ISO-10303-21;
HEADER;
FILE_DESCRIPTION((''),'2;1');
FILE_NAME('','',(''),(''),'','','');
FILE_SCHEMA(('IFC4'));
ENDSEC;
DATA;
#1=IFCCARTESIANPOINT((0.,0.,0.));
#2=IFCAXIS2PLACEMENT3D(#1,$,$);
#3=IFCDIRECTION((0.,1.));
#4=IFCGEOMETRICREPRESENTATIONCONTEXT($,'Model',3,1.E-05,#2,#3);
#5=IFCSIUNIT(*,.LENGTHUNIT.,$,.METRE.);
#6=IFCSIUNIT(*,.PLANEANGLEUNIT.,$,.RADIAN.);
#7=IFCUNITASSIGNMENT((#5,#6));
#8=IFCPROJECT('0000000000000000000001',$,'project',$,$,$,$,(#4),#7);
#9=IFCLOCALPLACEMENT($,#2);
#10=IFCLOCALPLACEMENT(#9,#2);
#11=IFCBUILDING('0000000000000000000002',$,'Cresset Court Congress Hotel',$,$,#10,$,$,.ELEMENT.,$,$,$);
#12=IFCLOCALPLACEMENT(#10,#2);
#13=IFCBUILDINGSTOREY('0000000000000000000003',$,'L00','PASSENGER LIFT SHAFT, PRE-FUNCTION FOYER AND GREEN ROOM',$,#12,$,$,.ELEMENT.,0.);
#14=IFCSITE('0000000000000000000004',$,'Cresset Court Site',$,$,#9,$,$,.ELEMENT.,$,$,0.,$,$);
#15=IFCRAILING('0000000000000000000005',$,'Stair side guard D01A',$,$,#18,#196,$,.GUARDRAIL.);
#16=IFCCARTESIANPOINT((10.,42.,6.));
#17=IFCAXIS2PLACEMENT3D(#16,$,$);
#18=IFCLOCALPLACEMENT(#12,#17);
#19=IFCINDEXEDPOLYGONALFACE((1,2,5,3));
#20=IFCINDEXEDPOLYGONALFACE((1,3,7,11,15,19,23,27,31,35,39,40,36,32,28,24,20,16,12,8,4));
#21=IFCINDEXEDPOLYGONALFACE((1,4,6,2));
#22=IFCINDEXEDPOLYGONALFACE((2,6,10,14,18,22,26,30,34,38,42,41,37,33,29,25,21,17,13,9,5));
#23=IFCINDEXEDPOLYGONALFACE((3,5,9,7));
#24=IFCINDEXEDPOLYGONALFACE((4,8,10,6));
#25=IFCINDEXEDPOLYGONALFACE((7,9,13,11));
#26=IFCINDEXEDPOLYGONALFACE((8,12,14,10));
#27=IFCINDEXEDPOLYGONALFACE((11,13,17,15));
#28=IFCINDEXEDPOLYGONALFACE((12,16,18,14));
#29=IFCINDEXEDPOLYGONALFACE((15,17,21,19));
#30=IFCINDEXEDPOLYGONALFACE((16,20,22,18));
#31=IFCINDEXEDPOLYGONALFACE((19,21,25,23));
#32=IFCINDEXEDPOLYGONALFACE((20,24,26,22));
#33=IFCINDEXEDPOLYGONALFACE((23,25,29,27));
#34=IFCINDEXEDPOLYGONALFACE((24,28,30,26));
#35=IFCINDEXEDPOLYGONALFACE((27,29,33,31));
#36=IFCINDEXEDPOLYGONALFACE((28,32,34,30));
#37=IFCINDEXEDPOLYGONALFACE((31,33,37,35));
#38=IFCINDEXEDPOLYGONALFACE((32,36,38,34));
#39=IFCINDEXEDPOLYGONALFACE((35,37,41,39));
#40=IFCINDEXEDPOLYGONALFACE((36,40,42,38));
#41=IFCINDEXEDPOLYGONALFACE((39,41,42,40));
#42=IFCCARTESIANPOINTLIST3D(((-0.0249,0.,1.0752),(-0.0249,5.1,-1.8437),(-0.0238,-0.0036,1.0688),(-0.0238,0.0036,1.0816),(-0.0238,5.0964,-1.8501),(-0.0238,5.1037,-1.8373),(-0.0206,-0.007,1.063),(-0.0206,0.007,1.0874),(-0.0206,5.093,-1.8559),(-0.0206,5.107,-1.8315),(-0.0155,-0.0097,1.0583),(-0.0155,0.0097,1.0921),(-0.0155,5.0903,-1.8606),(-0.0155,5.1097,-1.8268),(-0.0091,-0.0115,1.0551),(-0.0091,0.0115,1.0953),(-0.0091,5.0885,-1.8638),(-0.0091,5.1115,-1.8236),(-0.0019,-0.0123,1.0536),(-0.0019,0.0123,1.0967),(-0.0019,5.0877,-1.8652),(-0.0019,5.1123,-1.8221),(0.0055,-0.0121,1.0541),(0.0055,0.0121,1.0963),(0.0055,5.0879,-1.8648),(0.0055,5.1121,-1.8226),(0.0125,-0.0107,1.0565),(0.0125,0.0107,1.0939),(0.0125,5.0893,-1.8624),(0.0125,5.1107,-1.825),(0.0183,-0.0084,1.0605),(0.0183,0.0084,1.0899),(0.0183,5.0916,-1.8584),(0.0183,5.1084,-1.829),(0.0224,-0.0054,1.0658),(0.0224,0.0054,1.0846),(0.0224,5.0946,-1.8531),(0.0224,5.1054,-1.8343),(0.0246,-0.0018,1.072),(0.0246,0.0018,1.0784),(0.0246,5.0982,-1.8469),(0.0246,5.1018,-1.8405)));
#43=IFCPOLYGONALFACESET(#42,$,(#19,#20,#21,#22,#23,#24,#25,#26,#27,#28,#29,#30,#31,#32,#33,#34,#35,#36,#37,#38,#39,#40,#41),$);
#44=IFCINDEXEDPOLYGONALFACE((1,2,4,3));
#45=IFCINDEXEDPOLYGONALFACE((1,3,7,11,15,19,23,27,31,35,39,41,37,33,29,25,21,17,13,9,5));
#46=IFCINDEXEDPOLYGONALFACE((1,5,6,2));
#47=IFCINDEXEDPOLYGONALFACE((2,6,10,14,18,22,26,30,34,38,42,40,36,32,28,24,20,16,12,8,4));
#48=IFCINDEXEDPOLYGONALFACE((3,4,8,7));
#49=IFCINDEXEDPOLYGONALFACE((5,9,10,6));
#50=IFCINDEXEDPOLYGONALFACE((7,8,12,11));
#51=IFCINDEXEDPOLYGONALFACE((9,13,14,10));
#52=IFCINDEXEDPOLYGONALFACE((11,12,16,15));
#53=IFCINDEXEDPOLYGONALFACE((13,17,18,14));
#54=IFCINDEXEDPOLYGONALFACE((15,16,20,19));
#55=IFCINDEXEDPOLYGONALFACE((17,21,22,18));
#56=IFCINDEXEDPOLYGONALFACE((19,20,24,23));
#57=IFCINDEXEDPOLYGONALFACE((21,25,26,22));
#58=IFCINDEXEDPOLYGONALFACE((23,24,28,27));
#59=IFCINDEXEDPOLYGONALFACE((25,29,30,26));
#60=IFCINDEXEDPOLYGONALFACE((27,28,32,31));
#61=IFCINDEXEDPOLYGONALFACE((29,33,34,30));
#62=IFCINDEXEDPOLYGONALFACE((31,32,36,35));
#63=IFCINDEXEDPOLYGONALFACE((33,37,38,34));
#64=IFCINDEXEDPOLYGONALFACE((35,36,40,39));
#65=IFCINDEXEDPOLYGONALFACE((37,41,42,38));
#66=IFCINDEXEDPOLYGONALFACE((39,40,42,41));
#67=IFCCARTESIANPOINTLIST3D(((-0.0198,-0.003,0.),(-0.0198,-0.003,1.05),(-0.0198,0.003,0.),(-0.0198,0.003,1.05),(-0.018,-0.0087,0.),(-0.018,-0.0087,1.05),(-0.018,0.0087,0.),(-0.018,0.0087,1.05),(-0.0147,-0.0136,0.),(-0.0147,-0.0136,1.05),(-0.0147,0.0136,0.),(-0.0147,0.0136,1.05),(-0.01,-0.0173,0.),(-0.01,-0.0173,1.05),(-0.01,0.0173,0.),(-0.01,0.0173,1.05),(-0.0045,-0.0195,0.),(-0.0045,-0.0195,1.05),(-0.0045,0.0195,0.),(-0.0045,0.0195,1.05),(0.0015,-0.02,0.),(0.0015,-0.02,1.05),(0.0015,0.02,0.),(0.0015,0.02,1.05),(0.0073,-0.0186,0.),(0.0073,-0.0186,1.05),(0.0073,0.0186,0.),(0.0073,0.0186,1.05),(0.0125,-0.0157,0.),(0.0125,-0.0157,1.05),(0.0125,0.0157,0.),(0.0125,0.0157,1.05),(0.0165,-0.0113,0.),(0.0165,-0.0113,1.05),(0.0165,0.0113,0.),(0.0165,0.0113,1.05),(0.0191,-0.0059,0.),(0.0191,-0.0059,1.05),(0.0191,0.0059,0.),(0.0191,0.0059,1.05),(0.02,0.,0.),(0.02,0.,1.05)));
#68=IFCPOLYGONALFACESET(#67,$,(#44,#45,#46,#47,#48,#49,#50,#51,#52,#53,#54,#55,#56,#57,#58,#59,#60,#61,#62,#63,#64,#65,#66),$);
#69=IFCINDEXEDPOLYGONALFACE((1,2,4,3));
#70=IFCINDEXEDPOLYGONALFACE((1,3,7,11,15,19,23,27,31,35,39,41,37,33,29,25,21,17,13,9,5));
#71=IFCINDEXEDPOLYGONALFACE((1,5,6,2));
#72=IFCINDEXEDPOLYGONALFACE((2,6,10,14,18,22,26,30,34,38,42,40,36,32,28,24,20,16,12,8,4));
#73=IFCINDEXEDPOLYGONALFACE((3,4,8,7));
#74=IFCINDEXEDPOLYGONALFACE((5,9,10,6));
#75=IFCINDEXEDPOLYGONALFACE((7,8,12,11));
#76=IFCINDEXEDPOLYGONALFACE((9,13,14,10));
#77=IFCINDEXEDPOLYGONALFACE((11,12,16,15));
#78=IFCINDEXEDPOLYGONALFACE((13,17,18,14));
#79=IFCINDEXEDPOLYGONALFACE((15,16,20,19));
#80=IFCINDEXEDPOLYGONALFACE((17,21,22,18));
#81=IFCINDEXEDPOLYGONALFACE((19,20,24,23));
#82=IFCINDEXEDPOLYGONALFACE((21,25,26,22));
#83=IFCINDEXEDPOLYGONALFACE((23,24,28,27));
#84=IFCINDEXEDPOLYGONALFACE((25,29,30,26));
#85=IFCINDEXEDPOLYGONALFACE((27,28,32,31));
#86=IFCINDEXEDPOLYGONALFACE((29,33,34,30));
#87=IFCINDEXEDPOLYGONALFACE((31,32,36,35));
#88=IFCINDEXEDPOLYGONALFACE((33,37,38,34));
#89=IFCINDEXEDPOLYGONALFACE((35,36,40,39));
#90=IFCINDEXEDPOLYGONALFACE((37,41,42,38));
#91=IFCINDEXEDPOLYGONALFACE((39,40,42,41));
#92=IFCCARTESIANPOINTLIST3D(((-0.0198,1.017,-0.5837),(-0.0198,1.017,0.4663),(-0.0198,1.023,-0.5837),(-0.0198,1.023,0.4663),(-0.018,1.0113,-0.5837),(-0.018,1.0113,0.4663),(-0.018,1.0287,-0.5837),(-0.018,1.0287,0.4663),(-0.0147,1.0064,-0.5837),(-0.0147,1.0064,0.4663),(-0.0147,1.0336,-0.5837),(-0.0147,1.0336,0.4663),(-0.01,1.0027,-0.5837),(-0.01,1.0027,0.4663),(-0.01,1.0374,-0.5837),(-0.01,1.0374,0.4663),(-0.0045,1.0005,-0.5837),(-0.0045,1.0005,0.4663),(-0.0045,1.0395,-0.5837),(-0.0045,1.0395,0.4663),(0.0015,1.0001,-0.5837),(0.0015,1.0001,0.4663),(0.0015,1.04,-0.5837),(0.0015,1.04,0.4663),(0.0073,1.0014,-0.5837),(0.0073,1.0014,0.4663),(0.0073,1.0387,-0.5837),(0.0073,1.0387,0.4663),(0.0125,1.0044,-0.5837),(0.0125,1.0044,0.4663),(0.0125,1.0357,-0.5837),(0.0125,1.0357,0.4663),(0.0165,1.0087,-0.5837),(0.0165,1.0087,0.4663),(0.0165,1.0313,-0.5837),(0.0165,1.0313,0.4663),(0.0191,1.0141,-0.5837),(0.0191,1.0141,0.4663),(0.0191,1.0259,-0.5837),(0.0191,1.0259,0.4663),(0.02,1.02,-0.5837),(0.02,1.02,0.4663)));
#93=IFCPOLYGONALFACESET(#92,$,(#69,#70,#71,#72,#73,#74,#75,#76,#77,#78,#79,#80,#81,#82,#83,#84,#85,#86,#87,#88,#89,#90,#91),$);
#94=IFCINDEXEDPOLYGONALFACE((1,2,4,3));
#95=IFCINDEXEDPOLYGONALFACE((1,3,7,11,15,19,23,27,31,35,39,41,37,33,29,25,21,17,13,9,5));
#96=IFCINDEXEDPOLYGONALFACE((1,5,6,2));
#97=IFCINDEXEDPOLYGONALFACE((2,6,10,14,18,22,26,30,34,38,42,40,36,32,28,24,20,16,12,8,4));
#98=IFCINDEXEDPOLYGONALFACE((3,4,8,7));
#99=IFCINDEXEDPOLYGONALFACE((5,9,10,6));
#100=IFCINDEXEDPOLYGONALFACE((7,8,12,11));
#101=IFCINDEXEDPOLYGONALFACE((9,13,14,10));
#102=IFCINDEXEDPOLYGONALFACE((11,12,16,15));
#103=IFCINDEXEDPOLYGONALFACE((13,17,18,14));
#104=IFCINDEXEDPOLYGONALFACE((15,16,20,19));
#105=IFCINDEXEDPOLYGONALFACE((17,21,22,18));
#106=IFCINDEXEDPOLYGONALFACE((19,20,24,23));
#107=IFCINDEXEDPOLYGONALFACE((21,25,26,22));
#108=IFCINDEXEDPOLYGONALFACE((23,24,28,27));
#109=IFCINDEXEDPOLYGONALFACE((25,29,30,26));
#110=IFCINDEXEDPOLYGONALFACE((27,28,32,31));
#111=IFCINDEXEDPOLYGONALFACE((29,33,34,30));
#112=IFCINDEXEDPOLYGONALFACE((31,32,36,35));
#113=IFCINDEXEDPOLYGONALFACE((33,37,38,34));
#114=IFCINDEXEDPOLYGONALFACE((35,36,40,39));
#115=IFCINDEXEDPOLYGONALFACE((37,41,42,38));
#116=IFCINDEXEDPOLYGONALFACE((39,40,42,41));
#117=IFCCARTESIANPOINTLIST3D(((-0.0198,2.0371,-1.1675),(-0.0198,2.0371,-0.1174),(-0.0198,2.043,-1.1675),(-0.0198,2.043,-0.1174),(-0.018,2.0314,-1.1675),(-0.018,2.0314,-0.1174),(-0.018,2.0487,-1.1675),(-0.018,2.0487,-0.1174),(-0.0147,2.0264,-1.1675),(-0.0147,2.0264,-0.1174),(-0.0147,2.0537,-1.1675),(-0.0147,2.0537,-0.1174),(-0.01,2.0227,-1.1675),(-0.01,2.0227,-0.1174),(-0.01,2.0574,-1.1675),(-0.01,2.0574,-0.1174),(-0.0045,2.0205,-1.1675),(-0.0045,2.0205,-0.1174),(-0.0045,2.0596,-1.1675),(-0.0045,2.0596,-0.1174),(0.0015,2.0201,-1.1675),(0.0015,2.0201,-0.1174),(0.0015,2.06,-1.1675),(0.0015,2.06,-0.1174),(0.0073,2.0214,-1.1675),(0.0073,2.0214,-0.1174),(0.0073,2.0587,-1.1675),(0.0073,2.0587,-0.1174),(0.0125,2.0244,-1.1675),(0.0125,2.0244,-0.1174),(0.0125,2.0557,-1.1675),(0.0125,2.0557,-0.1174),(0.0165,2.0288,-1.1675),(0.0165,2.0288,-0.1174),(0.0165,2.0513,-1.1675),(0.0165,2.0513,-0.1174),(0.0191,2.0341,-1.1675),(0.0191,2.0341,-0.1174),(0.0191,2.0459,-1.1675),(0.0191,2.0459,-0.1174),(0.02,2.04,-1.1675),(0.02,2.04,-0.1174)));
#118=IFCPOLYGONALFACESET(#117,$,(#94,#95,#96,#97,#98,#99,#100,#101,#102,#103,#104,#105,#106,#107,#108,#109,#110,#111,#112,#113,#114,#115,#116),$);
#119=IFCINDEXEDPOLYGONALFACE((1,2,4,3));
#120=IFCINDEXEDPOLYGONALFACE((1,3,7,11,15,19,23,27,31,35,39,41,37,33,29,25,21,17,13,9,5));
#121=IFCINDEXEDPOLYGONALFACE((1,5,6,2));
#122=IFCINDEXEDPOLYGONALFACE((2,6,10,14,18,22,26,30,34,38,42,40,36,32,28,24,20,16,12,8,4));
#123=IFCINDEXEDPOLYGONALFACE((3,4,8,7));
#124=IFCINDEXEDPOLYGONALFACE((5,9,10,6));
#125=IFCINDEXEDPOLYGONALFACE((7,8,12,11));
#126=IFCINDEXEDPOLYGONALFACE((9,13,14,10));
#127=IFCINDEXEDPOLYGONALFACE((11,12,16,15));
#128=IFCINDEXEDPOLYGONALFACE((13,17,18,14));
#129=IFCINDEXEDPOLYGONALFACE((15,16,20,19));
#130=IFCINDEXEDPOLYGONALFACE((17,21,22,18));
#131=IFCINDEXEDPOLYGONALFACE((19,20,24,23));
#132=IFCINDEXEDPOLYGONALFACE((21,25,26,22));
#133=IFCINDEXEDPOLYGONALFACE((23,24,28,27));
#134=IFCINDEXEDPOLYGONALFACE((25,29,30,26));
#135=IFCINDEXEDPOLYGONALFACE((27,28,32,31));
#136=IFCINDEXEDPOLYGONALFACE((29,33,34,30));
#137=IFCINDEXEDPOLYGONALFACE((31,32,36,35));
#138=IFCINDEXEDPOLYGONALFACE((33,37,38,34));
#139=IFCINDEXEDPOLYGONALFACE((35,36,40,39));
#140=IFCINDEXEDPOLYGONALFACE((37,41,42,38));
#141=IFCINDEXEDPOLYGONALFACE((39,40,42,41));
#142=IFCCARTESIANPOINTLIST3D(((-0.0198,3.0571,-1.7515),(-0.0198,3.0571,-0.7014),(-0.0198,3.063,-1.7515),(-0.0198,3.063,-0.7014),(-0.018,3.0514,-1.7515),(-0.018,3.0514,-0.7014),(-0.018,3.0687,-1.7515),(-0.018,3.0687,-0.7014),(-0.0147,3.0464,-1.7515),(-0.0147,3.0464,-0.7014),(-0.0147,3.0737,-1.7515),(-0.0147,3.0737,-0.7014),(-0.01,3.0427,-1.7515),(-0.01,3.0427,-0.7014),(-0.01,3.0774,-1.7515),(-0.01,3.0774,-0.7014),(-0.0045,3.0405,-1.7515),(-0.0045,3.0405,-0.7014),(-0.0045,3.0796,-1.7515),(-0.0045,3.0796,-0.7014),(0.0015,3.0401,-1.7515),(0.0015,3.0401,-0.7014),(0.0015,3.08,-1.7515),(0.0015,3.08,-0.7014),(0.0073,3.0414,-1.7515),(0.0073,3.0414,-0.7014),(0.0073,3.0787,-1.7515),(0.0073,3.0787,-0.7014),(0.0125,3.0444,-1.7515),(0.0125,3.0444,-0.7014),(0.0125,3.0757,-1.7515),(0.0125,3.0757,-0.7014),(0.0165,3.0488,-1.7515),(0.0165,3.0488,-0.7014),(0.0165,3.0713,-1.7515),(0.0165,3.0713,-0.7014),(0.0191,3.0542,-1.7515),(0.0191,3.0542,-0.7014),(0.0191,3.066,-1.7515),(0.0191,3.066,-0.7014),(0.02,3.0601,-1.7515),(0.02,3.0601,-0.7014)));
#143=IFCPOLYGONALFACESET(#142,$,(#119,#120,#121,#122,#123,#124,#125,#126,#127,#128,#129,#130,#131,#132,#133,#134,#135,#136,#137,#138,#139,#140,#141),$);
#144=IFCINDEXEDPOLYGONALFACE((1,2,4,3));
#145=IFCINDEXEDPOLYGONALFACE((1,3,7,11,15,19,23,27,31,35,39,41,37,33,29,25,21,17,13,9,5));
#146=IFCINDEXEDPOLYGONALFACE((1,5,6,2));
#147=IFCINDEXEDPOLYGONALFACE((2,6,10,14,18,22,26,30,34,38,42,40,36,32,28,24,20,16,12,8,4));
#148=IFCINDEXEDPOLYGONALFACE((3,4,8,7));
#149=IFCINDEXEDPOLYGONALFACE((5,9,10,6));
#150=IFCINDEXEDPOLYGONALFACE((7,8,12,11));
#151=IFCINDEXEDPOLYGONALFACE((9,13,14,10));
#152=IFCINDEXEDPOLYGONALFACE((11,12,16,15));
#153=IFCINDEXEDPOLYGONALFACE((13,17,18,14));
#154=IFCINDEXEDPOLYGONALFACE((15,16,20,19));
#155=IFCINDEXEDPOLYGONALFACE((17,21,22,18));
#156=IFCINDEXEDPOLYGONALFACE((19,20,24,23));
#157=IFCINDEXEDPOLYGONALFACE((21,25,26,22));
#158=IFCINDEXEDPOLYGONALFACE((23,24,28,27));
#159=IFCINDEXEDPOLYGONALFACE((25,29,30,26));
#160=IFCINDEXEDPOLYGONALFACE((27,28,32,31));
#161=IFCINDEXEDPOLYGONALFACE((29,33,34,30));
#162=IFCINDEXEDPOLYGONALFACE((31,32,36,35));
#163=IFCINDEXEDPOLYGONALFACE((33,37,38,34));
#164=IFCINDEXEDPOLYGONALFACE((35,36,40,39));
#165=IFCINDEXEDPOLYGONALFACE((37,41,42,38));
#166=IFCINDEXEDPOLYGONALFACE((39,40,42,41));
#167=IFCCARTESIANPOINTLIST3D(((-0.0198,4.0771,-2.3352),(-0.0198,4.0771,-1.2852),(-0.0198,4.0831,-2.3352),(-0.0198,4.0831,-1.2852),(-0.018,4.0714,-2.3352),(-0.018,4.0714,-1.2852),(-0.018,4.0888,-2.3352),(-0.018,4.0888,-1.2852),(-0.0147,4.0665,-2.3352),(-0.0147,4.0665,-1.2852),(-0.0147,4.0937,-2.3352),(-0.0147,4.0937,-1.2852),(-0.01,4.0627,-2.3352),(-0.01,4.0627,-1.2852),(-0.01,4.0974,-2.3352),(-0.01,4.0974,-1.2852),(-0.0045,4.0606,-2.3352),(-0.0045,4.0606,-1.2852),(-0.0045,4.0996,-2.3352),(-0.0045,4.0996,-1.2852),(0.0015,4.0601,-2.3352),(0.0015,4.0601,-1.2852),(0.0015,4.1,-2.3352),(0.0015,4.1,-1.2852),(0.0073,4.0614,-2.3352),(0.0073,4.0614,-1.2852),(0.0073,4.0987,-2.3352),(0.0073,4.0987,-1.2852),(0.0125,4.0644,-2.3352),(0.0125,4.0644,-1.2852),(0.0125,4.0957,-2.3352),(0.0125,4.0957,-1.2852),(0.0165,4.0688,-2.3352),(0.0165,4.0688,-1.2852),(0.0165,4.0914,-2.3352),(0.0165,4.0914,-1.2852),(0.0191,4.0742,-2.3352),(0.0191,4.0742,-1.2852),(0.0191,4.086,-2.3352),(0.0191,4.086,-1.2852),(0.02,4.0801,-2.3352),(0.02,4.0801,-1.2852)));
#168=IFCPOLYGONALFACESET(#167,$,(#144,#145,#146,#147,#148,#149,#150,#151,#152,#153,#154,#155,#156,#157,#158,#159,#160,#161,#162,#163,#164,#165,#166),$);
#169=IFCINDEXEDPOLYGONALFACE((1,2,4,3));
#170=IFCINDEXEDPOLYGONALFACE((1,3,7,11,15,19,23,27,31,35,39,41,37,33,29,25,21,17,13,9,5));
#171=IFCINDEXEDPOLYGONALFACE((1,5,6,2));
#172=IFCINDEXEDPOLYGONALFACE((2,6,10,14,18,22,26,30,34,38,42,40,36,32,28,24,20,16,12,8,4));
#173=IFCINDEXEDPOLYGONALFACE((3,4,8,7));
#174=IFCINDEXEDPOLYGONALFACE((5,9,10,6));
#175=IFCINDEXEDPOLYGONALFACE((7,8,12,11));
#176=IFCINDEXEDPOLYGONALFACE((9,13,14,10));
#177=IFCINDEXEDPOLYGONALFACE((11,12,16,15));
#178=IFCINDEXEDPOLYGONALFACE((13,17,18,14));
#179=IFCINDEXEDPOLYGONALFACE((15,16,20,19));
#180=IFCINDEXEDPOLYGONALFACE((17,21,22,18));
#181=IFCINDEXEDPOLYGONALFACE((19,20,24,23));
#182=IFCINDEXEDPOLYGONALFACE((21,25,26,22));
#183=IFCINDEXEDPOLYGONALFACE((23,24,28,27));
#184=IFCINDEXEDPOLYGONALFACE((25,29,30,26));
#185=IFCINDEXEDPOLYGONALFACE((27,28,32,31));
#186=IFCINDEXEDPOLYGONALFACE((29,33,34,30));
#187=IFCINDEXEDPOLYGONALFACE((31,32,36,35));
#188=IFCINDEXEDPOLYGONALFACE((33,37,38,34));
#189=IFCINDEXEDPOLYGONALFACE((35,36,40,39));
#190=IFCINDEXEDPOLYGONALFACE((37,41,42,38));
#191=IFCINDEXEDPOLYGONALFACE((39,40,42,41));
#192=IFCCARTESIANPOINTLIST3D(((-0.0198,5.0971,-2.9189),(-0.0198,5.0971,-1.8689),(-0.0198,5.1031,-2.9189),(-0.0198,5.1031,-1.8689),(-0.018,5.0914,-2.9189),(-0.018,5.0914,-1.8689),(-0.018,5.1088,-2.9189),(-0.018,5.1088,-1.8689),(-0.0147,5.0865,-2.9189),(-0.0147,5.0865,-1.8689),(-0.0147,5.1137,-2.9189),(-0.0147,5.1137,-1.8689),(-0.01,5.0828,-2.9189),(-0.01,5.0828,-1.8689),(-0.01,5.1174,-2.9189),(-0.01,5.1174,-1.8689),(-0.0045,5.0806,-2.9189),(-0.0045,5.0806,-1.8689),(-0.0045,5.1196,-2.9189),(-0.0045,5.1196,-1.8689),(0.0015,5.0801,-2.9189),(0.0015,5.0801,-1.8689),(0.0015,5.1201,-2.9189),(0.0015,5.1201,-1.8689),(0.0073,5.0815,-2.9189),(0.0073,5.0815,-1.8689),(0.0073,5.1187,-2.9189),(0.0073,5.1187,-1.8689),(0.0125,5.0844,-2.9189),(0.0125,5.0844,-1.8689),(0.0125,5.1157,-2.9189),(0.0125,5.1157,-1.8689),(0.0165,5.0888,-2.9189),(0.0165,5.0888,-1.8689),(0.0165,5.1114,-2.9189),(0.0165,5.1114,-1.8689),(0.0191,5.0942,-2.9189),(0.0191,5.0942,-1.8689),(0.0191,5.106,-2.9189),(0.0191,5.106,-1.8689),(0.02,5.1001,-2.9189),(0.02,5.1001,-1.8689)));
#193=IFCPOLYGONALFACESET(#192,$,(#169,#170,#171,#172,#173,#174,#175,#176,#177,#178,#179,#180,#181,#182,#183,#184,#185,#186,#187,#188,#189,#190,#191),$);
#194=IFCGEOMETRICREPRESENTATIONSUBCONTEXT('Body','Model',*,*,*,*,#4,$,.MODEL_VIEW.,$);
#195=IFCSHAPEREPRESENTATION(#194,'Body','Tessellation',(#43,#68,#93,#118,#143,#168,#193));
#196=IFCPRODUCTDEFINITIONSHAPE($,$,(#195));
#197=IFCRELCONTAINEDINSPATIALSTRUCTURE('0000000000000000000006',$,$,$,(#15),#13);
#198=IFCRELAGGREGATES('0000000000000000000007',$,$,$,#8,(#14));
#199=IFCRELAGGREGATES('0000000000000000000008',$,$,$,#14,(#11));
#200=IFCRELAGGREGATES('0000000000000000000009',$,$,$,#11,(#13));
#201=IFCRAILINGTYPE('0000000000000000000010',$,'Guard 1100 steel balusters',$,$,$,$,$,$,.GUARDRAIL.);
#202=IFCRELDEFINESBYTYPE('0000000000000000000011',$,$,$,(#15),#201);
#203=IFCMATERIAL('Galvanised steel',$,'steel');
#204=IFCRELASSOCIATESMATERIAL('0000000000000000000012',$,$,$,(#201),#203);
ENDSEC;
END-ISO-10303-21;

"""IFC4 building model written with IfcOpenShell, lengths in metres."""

from ifc_helpers import new_model, si_unit, direction, frame, origin, origin_2d, place, context, subcontext, project, spatial, circle, extrude, material, type_object, element, save


model = new_model("IFC4")

# Units and contexts
model_context = context("Model", 3, precision=1e-05, world=origin(), true_north=direction((0.0, 1.0)))
body_context = subcontext(model_context, "Body", "Model", "MODEL_VIEW")
ifc_project = project(units=[si_unit("LENGTHUNIT", "METRE"), si_unit("PLANEANGLEUNIT", "RADIAN")], contexts=[model_context])

# Site, building, storey
site_placement = place(None, origin())
site = spatial("IfcSite", under=ifc_project, at=site_placement, Name="Cresset Court Site", CompositionType="ELEMENT", RefElevation=0.0)
building_placement = place(site_placement, origin())
building = spatial("IfcBuilding", under=site, at=building_placement, Name="Cresset Court Congress Hotel", CompositionType="ELEMENT")
storey_placement = place(building_placement, origin())
storey = spatial("IfcBuildingStorey", under=building, at=storey_placement, Name="L00", Description="PASSENGER LIFT SHAFT, PRE-FUNCTION FOYER AND GREEN ROOM", CompositionType="ELEMENT", Elevation=0.0)

# Railing
ifc_material_1 = material(Name="Galvanised steel", Category="steel")
railing_type_1 = type_object("IfcRailingType", Name="Guard 1100 steel balusters", PredefinedType="GUARDRAIL", material=ifc_material_1)
railing_1_placement = place(storey_placement, frame((10.0, 42.0, 6.0)))
element("IfcRailing", 1, at=railing_1_placement, inside=storey, type_object=railing_type_1, Name="Stair side guard D01A", PredefinedType="GUARDRAIL", context=body_context, shape_type="SweptSolid", body=[
    extrude(circle(Radius=0.0249, at=origin_2d()), frame((0.0, 0.0, 1.0752), z_axis=(0.0, 0.867905, -0.496729), x_axis=(-1.0, 0.0, 0.0)), (0.0, 0.0, 1.0), 5.8762),
    extrude(circle(Radius=0.02, at=origin_2d()), origin(), (0.0, 0.0, 1.0), 1.05),
    extrude(circle(Radius=0.02, at=origin_2d()), frame((0.0, 1.02, -0.5837)), (0.0, 0.0, 1.0), 1.05),
    extrude(circle(Radius=0.02, at=origin_2d()), frame((0.0, 2.04, -1.1675)), (0.0, 0.0, 1.0), 1.05),
    extrude(circle(Radius=0.02, at=origin_2d()), frame((0.0, 3.0601, -1.7515)), (0.0, 0.0, 1.0), 1.05),
    extrude(circle(Radius=0.02, at=origin_2d()), frame((0.0, 4.0801, -2.3352)), (0.0, 0.0, 1.0), 1.05),
    extrude(circle(Radius=0.02, at=origin_2d()), frame((0.0, 5.1001, -2.9189)), (0.0, 0.0, 1.0), 1.05),
])

save(model, "model.ifc")
